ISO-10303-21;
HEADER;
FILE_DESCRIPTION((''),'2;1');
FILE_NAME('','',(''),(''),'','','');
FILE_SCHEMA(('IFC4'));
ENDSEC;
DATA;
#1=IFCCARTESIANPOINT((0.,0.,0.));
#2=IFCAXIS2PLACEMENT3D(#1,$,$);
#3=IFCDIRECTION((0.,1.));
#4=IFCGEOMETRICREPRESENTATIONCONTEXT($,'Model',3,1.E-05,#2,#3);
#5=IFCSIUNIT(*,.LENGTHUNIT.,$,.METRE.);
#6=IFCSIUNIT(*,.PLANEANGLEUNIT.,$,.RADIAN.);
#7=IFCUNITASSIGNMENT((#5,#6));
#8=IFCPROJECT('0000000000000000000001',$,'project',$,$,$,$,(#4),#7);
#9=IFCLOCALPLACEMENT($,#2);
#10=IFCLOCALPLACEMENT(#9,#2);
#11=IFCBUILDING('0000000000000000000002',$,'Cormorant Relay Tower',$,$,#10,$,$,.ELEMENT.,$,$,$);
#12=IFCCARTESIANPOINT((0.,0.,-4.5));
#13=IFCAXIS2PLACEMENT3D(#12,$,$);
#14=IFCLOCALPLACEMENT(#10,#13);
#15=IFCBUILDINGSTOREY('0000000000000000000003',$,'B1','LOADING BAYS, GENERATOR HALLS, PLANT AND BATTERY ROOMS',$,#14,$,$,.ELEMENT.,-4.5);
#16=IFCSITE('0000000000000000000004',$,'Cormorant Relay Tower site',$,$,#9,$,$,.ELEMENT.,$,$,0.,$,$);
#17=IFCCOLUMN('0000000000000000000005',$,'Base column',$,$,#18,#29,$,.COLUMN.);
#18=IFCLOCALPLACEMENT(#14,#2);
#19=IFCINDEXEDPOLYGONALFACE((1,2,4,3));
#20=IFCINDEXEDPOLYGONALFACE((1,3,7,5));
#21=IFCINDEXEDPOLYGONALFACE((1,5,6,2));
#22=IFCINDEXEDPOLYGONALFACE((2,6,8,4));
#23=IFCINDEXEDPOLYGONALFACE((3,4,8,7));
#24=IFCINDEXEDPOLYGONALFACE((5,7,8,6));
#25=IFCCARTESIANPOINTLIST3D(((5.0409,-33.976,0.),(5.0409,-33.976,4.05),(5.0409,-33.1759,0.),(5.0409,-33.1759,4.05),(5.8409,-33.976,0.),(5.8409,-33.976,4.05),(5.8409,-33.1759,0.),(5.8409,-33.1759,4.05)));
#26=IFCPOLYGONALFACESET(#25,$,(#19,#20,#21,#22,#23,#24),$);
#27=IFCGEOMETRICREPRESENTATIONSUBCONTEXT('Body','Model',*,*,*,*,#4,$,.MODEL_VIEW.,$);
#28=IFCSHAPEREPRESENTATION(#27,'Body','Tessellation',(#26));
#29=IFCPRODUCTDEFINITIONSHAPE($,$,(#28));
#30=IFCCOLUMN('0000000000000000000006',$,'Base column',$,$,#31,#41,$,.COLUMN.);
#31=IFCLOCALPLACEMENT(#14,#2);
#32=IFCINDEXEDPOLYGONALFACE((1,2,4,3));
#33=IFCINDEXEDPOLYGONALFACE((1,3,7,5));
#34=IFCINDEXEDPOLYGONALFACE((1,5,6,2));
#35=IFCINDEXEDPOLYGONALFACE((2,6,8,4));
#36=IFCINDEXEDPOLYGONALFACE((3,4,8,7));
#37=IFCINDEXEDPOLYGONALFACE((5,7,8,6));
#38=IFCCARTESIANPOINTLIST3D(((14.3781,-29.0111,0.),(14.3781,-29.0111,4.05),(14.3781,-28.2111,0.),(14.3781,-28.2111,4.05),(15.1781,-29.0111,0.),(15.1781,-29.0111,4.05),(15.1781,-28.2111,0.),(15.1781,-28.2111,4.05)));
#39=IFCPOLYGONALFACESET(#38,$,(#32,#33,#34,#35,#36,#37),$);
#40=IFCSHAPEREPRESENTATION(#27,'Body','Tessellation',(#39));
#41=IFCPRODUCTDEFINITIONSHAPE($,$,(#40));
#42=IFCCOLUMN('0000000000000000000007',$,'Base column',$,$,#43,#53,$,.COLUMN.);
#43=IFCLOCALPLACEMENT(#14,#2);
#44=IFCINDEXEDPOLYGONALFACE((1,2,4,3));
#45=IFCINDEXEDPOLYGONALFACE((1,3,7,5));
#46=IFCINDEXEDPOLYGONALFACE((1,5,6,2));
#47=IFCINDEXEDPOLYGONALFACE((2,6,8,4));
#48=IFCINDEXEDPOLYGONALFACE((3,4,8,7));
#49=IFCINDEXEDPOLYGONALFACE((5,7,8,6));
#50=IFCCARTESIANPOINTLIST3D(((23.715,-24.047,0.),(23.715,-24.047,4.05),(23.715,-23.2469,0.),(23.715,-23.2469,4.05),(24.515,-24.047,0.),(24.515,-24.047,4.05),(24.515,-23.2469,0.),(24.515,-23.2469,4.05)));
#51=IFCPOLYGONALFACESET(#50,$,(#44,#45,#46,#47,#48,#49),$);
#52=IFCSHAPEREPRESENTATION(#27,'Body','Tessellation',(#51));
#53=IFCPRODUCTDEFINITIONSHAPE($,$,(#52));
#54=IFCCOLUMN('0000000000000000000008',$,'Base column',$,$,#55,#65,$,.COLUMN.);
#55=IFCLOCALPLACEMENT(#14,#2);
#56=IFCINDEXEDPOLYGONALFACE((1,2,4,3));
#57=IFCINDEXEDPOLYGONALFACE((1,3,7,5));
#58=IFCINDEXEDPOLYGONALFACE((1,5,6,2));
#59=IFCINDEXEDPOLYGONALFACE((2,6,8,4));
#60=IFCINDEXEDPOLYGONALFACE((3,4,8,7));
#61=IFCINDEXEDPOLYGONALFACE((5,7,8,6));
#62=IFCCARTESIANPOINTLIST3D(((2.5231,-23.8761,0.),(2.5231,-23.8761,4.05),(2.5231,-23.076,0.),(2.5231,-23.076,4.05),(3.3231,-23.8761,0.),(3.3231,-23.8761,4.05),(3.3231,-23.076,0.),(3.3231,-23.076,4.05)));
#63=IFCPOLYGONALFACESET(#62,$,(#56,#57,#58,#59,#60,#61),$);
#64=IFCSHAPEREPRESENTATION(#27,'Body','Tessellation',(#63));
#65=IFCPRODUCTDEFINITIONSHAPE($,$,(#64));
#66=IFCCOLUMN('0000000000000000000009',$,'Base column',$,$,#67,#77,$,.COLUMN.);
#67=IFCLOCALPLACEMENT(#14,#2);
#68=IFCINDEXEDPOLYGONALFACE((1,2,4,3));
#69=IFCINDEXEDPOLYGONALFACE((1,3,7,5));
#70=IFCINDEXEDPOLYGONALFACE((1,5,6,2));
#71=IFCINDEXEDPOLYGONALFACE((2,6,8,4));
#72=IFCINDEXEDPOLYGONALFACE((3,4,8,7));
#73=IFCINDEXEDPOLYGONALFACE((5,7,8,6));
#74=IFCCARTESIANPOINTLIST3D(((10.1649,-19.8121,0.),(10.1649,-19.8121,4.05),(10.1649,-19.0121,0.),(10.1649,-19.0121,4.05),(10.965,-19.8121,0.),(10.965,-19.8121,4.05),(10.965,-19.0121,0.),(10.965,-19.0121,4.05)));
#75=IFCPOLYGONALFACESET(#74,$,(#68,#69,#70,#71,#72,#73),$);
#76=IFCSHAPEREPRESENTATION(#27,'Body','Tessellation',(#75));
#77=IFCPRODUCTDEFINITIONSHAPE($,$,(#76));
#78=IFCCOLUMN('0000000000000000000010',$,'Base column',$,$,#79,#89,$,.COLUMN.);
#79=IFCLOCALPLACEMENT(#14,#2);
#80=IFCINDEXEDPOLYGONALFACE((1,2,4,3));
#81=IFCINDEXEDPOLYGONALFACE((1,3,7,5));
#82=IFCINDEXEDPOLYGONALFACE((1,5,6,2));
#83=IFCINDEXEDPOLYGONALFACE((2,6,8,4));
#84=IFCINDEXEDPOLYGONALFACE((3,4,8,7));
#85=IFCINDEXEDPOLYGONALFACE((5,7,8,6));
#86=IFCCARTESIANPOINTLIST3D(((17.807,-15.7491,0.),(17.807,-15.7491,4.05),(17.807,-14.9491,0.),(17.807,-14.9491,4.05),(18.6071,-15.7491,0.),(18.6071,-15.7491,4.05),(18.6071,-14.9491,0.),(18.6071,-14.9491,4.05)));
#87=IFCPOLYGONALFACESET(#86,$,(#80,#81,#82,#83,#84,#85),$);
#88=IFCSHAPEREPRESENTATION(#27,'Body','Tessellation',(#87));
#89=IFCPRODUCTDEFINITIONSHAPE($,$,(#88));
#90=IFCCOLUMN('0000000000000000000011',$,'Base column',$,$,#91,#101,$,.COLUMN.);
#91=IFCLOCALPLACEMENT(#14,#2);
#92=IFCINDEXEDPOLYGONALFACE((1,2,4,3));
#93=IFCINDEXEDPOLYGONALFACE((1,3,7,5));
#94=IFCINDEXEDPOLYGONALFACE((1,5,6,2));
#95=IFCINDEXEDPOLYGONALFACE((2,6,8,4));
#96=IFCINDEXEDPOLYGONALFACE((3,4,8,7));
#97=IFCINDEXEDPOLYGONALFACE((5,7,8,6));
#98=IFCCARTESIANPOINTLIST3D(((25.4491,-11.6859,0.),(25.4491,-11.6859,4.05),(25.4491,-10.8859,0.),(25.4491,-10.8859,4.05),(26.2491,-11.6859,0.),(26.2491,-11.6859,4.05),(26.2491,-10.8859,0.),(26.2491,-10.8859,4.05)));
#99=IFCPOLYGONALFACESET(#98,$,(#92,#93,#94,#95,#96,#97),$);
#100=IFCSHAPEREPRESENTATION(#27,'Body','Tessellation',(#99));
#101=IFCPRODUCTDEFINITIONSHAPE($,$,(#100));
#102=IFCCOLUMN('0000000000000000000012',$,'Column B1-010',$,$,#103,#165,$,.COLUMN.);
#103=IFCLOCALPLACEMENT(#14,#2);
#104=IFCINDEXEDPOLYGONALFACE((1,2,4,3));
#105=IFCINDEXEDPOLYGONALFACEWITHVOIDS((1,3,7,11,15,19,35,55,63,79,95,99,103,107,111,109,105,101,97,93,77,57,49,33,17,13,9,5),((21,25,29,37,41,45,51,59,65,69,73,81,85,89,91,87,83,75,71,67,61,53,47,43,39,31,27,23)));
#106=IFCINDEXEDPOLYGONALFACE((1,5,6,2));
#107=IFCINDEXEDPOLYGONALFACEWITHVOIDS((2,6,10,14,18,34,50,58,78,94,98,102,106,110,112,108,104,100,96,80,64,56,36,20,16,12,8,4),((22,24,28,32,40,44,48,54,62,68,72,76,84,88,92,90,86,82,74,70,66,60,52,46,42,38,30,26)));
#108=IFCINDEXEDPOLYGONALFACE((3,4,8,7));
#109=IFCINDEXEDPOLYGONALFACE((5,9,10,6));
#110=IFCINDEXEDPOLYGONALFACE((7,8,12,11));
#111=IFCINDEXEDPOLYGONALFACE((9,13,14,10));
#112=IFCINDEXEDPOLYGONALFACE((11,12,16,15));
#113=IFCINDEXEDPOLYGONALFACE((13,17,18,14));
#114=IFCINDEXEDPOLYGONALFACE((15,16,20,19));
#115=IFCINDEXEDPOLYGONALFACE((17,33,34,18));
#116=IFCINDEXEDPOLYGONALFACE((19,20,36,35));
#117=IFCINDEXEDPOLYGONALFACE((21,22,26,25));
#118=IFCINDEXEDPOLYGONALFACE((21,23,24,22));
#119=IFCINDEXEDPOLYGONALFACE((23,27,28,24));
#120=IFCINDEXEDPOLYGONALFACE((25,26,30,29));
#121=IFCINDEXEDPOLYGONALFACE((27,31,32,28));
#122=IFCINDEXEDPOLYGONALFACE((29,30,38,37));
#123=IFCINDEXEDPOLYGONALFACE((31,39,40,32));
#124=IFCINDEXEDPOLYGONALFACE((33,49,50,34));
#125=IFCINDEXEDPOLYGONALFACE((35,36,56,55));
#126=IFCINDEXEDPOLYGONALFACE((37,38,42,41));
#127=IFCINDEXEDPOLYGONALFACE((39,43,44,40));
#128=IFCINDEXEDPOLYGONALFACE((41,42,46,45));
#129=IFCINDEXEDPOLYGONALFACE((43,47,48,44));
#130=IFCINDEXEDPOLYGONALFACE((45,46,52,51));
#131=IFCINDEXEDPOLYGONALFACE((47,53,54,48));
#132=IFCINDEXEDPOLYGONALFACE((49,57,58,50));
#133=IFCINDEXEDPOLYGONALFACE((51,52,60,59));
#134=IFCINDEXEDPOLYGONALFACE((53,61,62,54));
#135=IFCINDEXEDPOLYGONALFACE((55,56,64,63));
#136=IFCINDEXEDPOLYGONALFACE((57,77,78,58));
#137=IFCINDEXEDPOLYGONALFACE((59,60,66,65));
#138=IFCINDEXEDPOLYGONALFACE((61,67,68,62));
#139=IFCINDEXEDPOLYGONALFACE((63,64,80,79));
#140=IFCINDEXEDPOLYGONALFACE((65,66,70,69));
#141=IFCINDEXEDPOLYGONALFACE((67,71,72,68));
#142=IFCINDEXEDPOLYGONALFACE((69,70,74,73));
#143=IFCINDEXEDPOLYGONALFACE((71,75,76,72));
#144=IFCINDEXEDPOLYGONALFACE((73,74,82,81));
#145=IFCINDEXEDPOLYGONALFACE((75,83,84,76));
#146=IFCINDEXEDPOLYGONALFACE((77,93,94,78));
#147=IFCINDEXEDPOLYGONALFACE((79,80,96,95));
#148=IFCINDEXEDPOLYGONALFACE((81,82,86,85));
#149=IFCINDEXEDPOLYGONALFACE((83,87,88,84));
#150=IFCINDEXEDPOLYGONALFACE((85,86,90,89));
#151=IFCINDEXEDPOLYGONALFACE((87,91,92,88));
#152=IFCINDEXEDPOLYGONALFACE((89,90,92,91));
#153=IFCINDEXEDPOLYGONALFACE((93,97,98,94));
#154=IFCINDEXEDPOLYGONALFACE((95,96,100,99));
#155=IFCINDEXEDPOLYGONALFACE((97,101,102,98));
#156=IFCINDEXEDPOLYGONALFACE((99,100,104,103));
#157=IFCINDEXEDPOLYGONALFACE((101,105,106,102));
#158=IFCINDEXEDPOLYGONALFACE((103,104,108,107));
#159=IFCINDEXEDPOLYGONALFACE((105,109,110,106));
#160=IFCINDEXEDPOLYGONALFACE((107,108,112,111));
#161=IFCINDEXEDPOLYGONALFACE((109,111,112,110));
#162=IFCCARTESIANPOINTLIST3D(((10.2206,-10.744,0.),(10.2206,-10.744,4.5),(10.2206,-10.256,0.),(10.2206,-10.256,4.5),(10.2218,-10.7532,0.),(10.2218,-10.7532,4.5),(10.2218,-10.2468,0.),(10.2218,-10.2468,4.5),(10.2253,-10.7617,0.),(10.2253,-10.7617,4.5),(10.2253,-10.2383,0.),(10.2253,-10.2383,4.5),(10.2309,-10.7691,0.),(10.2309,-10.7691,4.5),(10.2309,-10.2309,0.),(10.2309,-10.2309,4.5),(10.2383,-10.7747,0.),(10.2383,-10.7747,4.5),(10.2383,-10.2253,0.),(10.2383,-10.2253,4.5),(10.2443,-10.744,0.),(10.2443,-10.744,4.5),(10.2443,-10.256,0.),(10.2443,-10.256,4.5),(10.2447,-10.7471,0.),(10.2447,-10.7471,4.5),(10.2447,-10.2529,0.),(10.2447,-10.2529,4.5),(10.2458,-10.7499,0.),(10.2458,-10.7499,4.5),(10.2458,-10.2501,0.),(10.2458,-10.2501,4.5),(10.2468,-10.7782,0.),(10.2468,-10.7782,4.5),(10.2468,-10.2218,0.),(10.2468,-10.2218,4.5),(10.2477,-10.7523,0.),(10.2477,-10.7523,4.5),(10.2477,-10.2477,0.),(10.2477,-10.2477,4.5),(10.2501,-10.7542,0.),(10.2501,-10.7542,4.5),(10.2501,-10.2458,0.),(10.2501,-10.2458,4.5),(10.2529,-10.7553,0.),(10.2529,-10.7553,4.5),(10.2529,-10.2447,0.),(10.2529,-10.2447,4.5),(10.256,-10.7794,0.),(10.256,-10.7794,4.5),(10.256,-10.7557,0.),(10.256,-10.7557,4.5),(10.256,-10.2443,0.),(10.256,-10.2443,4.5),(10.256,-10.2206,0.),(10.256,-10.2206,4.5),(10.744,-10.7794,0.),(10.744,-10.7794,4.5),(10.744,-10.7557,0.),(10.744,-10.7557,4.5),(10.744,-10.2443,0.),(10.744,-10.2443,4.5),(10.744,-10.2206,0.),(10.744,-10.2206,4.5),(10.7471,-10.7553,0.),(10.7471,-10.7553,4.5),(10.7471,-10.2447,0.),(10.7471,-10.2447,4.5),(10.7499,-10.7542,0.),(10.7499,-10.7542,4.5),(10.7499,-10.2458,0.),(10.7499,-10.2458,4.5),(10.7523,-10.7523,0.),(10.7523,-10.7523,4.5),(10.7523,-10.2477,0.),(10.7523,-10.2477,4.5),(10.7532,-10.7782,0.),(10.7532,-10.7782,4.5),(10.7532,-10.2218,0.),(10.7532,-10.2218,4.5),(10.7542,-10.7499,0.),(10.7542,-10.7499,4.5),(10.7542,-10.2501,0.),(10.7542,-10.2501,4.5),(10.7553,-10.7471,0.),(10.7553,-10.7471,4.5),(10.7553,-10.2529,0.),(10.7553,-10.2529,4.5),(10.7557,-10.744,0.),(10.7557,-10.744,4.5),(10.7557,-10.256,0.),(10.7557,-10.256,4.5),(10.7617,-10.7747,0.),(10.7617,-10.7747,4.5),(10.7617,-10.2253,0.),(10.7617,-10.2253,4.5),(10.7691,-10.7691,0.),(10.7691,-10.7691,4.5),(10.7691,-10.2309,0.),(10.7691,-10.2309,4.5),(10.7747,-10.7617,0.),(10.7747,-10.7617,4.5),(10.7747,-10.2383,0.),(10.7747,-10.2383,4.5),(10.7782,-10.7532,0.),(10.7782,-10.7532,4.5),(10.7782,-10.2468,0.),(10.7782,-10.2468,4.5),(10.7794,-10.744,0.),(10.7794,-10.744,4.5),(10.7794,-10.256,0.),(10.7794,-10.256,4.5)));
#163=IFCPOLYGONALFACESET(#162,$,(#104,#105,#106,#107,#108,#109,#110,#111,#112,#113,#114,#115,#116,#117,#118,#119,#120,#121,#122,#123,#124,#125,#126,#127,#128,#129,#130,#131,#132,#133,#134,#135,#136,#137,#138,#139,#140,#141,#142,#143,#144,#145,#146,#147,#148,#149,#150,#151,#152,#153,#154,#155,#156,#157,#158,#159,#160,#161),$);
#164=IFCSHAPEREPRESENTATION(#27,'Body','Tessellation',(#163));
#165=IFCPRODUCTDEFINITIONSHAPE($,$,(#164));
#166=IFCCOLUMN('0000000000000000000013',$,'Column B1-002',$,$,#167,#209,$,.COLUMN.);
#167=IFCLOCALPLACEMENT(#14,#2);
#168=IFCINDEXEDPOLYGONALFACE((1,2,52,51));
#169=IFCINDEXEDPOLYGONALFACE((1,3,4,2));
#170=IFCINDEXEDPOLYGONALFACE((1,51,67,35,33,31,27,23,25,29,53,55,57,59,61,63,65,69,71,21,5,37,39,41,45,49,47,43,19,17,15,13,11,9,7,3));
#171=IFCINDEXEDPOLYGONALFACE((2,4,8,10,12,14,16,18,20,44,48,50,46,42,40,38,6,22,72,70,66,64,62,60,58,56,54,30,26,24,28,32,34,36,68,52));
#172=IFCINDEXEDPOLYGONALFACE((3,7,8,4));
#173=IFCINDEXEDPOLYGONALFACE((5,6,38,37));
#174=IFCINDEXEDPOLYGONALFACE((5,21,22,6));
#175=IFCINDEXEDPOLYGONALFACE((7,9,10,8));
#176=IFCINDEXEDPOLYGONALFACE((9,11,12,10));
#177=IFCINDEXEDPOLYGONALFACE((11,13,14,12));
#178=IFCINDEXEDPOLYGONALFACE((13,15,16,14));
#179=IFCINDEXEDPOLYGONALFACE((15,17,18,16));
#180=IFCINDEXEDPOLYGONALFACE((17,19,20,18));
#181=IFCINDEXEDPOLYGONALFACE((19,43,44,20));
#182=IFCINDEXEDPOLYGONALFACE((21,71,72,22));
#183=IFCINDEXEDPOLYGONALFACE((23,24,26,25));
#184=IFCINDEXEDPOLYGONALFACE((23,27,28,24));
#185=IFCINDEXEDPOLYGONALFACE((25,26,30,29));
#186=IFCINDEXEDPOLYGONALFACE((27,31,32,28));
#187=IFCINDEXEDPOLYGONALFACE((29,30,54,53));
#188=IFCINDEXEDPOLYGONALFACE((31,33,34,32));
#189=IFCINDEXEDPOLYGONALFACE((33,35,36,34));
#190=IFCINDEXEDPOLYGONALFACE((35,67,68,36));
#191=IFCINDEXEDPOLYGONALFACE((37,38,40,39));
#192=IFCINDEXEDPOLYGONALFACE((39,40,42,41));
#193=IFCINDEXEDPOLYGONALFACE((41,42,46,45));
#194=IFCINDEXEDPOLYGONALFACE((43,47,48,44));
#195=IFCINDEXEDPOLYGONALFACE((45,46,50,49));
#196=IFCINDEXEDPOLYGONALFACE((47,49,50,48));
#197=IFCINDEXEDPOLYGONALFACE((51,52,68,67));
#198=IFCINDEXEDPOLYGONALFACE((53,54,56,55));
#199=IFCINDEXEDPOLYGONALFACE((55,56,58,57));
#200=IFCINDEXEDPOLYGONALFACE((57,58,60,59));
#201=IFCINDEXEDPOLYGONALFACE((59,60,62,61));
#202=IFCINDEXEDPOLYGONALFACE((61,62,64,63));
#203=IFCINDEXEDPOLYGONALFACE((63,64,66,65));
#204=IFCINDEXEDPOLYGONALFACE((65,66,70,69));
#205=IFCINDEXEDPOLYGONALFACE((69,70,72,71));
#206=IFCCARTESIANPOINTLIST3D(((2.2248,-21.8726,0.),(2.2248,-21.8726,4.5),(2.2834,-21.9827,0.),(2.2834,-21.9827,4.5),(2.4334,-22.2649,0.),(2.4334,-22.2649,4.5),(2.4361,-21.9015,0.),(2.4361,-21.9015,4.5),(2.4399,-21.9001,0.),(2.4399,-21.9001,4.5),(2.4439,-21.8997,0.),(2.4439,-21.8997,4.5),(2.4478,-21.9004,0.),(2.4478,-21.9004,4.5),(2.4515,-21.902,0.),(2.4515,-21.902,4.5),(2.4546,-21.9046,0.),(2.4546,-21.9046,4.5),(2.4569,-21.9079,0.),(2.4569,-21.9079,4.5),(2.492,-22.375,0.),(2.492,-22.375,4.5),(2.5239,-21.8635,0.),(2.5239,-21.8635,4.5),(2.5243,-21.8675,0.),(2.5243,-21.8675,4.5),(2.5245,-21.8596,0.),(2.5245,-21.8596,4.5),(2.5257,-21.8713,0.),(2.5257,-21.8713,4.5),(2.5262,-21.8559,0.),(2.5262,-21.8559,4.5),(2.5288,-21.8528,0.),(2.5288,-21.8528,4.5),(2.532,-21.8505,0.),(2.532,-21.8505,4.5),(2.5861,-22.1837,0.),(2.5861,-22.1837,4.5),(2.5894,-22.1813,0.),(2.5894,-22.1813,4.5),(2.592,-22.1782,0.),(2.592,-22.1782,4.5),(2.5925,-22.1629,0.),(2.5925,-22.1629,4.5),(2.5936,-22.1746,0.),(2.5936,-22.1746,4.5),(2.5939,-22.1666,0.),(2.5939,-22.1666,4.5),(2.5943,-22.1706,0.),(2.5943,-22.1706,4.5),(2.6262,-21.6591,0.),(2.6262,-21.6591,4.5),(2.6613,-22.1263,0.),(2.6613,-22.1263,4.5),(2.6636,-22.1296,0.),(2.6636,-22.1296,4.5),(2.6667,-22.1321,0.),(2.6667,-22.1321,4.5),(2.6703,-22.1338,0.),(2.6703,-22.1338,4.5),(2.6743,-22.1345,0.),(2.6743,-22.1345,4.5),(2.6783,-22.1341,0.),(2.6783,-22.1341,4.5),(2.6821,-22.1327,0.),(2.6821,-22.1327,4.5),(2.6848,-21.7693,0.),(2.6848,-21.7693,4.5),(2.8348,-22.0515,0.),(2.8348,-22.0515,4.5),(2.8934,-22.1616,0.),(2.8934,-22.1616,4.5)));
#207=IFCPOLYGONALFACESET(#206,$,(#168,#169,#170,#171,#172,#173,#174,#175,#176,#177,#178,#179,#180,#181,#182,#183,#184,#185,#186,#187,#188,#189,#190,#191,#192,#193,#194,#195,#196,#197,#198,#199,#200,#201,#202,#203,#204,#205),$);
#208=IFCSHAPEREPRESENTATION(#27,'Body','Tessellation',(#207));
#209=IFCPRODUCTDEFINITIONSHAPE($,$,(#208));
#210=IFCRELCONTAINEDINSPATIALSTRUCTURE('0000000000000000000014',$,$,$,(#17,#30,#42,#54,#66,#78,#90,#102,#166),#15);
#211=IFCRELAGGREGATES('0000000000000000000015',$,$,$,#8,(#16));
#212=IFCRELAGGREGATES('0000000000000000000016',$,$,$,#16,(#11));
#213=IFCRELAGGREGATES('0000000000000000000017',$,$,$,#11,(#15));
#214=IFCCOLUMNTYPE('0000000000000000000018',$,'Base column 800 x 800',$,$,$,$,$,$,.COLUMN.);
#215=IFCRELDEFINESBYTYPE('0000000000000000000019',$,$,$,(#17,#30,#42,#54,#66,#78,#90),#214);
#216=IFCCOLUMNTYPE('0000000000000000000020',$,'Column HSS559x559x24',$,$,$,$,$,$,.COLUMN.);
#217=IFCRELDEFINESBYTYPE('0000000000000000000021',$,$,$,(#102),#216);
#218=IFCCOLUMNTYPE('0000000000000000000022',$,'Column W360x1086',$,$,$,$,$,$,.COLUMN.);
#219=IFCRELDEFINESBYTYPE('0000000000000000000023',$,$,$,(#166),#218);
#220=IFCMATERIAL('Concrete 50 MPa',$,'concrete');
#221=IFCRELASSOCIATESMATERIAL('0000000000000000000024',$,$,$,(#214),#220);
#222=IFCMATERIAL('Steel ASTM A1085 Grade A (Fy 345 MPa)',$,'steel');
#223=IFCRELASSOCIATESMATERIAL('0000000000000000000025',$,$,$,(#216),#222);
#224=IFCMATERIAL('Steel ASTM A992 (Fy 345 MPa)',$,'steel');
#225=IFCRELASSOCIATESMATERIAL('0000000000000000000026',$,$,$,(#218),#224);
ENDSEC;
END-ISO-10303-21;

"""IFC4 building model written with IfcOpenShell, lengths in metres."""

from ifc_helpers import new_model, si_unit, direction, frame, origin, origin_2d, place, context, subcontext, project, spatial, rectangle, hollow_rectangle, i_section, extrude, material, material_profile, profile_set, type_object, element, save


model = new_model("IFC4")

# Units and contexts
model_context = context("Model", 3, precision=1e-05, world=origin(), true_north=direction((0.0, 1.0)))
body_context = subcontext(model_context, "Body", "Model", "MODEL_VIEW")
ifc_project = project(units=[si_unit("LENGTHUNIT", "METRE"), si_unit("PLANEANGLEUNIT", "RADIAN")], contexts=[model_context])

# Site, building, storey
site_placement = place(None, origin())
site = spatial("IfcSite", under=ifc_project, at=site_placement, Name="Cormorant Relay Tower site", CompositionType="ELEMENT", RefElevation=0.0)
building_placement = place(site_placement, origin())
building = spatial("IfcBuilding", under=site, at=building_placement, Name="Cormorant Relay Tower", CompositionType="ELEMENT")
storey_placement = place(building_placement, frame((0.0, 0.0, -4.5)))
storey = spatial("IfcBuildingStorey", under=building, at=storey_placement, Name="B1", Description="LOADING BAYS, GENERATOR HALLS, PLANT AND BATTERY ROOMS", CompositionType="ELEMENT", Elevation=-4.5)

# Columns
ifc_material_1 = material(Name="Concrete 50 MPa", Category="concrete")
ifc_material_profile_1 = material_profile(ifc_material_1, rectangle(XDim=0.8, YDim=0.8, at=origin_2d()), Name="RC 800x800")
ifc_profile_set_1 = profile_set([ifc_material_profile_1], Name="Concrete 50 MPa")
column_type_1 = type_object("IfcColumnType", Name="Base column 800 x 800", PredefinedType="COLUMN", material=ifc_profile_set_1)
for number, where, z_axis, x_axis, name in (
    (1, (5.4409, -33.5759, 0.0), (0.0, 0.0, 1.0), (1.0, 0.0, 0.0), "Base column"),
    (2, (14.7781, -28.6111, 0.0), (0.0, 0.0, 1.0), (1.0, 0.0, 0.0), "Base column"),
    (3, (24.115, -23.647, 0.0), (0.0, 0.0, 1.0), (1.0, 0.0, 0.0), "Base column"),
    (4, (2.9231, -23.4761, 0.0), (0.0, 0.0, 1.0), (1.0, 0.0, 0.0), "Base column"),
    (5, (10.5649, -19.4121, 0.0), (0.0, 0.0, 1.0), (1.0, 0.0, 0.0), "Base column"),
    (6, (18.207, -15.3491, 0.0), (0.0, 0.0, 1.0), (1.0, 0.0, 0.0), "Base column"),
    (7, (25.8491, -11.2859, 0.0), (0.0, 0.0, 1.0), (1.0, 0.0, 0.0), "Base column"),
):
    element("IfcColumn", number, at=place(storey_placement, frame(where, z_axis=z_axis, x_axis=x_axis)), inside=storey, type_object=column_type_1, Name=name, PredefinedType="COLUMN", context=body_context, shape_type="SweptSolid", body=[
        extrude(rectangle(XDim=0.8, YDim=0.8, at=origin_2d()), origin(), (0.0, 0.0, 1.0), 4.05),
    ])
ifc_material_2 = material(Name="Steel ASTM A1085 Grade A (Fy 345 MPa)", Category="steel")
ifc_material_profile_2 = material_profile(ifc_material_2, hollow_rectangle(XDim=0.5588, YDim=0.5588, WallThickness=0.0237, InnerFilletRadius=0.0117, OuterFilletRadius=0.0354, at=origin_2d()), Name="HSS559x559x24")
ifc_profile_set_2 = profile_set([ifc_material_profile_2], Name="Steel ASTM A1085 Grade A (Fy 345 MPa)")
column_type_2 = type_object("IfcColumnType", Name="Column HSS559x559x24", PredefinedType="COLUMN", material=ifc_profile_set_2)
column_1_placement = place(storey_placement, frame((10.5, -10.5, 0.0), z_axis=(0.0, 0.0, 1.0), x_axis=(1.0, 0.0, 0.0)))
element("IfcColumn", 8, at=column_1_placement, inside=storey, type_object=column_type_2, Name="Column B1-010", PredefinedType="COLUMN", context=body_context, shape_type="SweptSolid", body=[
    extrude(hollow_rectangle(XDim=0.5588, YDim=0.5588, WallThickness=0.0237, InnerFilletRadius=0.0117, OuterFilletRadius=0.0354, at=origin_2d()), origin(), (0.0, 0.0, 1.0), 4.5),
])
ifc_material_3 = material(Name="Steel ASTM A992 (Fy 345 MPa)", Category="steel")
ifc_material_profile_3 = material_profile(ifc_material_3, i_section(OverallWidth=0.4546, OverallDepth=0.5691, WebThickness=0.0779, FlangeThickness=0.1248, FilletRadius=0.0154, at=origin_2d()), Name="W360x1086")
ifc_profile_set_3 = profile_set([ifc_material_profile_3], Name="Steel ASTM A992 (Fy 345 MPa)")
column_type_3 = type_object("IfcColumnType", Name="Column W360x1086", PredefinedType="COLUMN", material=ifc_profile_set_3)
column_2_placement = place(storey_placement, frame((2.5591, -22.0171, 0.0), z_axis=(0.0, 0.0, 1.0), x_axis=(0.882948, 0.469472, 0.0)))
element("IfcColumn", 9, at=column_2_placement, inside=storey, type_object=column_type_3, Name="Column B1-002", PredefinedType="COLUMN", context=body_context, shape_type="SweptSolid", body=[
    extrude(i_section(OverallWidth=0.4546, OverallDepth=0.5691, WebThickness=0.0779, FlangeThickness=0.1248, FilletRadius=0.0154, at=origin_2d()), origin(), (0.0, 0.0, 1.0), 4.5),
])

save(model, "model.ifc")
